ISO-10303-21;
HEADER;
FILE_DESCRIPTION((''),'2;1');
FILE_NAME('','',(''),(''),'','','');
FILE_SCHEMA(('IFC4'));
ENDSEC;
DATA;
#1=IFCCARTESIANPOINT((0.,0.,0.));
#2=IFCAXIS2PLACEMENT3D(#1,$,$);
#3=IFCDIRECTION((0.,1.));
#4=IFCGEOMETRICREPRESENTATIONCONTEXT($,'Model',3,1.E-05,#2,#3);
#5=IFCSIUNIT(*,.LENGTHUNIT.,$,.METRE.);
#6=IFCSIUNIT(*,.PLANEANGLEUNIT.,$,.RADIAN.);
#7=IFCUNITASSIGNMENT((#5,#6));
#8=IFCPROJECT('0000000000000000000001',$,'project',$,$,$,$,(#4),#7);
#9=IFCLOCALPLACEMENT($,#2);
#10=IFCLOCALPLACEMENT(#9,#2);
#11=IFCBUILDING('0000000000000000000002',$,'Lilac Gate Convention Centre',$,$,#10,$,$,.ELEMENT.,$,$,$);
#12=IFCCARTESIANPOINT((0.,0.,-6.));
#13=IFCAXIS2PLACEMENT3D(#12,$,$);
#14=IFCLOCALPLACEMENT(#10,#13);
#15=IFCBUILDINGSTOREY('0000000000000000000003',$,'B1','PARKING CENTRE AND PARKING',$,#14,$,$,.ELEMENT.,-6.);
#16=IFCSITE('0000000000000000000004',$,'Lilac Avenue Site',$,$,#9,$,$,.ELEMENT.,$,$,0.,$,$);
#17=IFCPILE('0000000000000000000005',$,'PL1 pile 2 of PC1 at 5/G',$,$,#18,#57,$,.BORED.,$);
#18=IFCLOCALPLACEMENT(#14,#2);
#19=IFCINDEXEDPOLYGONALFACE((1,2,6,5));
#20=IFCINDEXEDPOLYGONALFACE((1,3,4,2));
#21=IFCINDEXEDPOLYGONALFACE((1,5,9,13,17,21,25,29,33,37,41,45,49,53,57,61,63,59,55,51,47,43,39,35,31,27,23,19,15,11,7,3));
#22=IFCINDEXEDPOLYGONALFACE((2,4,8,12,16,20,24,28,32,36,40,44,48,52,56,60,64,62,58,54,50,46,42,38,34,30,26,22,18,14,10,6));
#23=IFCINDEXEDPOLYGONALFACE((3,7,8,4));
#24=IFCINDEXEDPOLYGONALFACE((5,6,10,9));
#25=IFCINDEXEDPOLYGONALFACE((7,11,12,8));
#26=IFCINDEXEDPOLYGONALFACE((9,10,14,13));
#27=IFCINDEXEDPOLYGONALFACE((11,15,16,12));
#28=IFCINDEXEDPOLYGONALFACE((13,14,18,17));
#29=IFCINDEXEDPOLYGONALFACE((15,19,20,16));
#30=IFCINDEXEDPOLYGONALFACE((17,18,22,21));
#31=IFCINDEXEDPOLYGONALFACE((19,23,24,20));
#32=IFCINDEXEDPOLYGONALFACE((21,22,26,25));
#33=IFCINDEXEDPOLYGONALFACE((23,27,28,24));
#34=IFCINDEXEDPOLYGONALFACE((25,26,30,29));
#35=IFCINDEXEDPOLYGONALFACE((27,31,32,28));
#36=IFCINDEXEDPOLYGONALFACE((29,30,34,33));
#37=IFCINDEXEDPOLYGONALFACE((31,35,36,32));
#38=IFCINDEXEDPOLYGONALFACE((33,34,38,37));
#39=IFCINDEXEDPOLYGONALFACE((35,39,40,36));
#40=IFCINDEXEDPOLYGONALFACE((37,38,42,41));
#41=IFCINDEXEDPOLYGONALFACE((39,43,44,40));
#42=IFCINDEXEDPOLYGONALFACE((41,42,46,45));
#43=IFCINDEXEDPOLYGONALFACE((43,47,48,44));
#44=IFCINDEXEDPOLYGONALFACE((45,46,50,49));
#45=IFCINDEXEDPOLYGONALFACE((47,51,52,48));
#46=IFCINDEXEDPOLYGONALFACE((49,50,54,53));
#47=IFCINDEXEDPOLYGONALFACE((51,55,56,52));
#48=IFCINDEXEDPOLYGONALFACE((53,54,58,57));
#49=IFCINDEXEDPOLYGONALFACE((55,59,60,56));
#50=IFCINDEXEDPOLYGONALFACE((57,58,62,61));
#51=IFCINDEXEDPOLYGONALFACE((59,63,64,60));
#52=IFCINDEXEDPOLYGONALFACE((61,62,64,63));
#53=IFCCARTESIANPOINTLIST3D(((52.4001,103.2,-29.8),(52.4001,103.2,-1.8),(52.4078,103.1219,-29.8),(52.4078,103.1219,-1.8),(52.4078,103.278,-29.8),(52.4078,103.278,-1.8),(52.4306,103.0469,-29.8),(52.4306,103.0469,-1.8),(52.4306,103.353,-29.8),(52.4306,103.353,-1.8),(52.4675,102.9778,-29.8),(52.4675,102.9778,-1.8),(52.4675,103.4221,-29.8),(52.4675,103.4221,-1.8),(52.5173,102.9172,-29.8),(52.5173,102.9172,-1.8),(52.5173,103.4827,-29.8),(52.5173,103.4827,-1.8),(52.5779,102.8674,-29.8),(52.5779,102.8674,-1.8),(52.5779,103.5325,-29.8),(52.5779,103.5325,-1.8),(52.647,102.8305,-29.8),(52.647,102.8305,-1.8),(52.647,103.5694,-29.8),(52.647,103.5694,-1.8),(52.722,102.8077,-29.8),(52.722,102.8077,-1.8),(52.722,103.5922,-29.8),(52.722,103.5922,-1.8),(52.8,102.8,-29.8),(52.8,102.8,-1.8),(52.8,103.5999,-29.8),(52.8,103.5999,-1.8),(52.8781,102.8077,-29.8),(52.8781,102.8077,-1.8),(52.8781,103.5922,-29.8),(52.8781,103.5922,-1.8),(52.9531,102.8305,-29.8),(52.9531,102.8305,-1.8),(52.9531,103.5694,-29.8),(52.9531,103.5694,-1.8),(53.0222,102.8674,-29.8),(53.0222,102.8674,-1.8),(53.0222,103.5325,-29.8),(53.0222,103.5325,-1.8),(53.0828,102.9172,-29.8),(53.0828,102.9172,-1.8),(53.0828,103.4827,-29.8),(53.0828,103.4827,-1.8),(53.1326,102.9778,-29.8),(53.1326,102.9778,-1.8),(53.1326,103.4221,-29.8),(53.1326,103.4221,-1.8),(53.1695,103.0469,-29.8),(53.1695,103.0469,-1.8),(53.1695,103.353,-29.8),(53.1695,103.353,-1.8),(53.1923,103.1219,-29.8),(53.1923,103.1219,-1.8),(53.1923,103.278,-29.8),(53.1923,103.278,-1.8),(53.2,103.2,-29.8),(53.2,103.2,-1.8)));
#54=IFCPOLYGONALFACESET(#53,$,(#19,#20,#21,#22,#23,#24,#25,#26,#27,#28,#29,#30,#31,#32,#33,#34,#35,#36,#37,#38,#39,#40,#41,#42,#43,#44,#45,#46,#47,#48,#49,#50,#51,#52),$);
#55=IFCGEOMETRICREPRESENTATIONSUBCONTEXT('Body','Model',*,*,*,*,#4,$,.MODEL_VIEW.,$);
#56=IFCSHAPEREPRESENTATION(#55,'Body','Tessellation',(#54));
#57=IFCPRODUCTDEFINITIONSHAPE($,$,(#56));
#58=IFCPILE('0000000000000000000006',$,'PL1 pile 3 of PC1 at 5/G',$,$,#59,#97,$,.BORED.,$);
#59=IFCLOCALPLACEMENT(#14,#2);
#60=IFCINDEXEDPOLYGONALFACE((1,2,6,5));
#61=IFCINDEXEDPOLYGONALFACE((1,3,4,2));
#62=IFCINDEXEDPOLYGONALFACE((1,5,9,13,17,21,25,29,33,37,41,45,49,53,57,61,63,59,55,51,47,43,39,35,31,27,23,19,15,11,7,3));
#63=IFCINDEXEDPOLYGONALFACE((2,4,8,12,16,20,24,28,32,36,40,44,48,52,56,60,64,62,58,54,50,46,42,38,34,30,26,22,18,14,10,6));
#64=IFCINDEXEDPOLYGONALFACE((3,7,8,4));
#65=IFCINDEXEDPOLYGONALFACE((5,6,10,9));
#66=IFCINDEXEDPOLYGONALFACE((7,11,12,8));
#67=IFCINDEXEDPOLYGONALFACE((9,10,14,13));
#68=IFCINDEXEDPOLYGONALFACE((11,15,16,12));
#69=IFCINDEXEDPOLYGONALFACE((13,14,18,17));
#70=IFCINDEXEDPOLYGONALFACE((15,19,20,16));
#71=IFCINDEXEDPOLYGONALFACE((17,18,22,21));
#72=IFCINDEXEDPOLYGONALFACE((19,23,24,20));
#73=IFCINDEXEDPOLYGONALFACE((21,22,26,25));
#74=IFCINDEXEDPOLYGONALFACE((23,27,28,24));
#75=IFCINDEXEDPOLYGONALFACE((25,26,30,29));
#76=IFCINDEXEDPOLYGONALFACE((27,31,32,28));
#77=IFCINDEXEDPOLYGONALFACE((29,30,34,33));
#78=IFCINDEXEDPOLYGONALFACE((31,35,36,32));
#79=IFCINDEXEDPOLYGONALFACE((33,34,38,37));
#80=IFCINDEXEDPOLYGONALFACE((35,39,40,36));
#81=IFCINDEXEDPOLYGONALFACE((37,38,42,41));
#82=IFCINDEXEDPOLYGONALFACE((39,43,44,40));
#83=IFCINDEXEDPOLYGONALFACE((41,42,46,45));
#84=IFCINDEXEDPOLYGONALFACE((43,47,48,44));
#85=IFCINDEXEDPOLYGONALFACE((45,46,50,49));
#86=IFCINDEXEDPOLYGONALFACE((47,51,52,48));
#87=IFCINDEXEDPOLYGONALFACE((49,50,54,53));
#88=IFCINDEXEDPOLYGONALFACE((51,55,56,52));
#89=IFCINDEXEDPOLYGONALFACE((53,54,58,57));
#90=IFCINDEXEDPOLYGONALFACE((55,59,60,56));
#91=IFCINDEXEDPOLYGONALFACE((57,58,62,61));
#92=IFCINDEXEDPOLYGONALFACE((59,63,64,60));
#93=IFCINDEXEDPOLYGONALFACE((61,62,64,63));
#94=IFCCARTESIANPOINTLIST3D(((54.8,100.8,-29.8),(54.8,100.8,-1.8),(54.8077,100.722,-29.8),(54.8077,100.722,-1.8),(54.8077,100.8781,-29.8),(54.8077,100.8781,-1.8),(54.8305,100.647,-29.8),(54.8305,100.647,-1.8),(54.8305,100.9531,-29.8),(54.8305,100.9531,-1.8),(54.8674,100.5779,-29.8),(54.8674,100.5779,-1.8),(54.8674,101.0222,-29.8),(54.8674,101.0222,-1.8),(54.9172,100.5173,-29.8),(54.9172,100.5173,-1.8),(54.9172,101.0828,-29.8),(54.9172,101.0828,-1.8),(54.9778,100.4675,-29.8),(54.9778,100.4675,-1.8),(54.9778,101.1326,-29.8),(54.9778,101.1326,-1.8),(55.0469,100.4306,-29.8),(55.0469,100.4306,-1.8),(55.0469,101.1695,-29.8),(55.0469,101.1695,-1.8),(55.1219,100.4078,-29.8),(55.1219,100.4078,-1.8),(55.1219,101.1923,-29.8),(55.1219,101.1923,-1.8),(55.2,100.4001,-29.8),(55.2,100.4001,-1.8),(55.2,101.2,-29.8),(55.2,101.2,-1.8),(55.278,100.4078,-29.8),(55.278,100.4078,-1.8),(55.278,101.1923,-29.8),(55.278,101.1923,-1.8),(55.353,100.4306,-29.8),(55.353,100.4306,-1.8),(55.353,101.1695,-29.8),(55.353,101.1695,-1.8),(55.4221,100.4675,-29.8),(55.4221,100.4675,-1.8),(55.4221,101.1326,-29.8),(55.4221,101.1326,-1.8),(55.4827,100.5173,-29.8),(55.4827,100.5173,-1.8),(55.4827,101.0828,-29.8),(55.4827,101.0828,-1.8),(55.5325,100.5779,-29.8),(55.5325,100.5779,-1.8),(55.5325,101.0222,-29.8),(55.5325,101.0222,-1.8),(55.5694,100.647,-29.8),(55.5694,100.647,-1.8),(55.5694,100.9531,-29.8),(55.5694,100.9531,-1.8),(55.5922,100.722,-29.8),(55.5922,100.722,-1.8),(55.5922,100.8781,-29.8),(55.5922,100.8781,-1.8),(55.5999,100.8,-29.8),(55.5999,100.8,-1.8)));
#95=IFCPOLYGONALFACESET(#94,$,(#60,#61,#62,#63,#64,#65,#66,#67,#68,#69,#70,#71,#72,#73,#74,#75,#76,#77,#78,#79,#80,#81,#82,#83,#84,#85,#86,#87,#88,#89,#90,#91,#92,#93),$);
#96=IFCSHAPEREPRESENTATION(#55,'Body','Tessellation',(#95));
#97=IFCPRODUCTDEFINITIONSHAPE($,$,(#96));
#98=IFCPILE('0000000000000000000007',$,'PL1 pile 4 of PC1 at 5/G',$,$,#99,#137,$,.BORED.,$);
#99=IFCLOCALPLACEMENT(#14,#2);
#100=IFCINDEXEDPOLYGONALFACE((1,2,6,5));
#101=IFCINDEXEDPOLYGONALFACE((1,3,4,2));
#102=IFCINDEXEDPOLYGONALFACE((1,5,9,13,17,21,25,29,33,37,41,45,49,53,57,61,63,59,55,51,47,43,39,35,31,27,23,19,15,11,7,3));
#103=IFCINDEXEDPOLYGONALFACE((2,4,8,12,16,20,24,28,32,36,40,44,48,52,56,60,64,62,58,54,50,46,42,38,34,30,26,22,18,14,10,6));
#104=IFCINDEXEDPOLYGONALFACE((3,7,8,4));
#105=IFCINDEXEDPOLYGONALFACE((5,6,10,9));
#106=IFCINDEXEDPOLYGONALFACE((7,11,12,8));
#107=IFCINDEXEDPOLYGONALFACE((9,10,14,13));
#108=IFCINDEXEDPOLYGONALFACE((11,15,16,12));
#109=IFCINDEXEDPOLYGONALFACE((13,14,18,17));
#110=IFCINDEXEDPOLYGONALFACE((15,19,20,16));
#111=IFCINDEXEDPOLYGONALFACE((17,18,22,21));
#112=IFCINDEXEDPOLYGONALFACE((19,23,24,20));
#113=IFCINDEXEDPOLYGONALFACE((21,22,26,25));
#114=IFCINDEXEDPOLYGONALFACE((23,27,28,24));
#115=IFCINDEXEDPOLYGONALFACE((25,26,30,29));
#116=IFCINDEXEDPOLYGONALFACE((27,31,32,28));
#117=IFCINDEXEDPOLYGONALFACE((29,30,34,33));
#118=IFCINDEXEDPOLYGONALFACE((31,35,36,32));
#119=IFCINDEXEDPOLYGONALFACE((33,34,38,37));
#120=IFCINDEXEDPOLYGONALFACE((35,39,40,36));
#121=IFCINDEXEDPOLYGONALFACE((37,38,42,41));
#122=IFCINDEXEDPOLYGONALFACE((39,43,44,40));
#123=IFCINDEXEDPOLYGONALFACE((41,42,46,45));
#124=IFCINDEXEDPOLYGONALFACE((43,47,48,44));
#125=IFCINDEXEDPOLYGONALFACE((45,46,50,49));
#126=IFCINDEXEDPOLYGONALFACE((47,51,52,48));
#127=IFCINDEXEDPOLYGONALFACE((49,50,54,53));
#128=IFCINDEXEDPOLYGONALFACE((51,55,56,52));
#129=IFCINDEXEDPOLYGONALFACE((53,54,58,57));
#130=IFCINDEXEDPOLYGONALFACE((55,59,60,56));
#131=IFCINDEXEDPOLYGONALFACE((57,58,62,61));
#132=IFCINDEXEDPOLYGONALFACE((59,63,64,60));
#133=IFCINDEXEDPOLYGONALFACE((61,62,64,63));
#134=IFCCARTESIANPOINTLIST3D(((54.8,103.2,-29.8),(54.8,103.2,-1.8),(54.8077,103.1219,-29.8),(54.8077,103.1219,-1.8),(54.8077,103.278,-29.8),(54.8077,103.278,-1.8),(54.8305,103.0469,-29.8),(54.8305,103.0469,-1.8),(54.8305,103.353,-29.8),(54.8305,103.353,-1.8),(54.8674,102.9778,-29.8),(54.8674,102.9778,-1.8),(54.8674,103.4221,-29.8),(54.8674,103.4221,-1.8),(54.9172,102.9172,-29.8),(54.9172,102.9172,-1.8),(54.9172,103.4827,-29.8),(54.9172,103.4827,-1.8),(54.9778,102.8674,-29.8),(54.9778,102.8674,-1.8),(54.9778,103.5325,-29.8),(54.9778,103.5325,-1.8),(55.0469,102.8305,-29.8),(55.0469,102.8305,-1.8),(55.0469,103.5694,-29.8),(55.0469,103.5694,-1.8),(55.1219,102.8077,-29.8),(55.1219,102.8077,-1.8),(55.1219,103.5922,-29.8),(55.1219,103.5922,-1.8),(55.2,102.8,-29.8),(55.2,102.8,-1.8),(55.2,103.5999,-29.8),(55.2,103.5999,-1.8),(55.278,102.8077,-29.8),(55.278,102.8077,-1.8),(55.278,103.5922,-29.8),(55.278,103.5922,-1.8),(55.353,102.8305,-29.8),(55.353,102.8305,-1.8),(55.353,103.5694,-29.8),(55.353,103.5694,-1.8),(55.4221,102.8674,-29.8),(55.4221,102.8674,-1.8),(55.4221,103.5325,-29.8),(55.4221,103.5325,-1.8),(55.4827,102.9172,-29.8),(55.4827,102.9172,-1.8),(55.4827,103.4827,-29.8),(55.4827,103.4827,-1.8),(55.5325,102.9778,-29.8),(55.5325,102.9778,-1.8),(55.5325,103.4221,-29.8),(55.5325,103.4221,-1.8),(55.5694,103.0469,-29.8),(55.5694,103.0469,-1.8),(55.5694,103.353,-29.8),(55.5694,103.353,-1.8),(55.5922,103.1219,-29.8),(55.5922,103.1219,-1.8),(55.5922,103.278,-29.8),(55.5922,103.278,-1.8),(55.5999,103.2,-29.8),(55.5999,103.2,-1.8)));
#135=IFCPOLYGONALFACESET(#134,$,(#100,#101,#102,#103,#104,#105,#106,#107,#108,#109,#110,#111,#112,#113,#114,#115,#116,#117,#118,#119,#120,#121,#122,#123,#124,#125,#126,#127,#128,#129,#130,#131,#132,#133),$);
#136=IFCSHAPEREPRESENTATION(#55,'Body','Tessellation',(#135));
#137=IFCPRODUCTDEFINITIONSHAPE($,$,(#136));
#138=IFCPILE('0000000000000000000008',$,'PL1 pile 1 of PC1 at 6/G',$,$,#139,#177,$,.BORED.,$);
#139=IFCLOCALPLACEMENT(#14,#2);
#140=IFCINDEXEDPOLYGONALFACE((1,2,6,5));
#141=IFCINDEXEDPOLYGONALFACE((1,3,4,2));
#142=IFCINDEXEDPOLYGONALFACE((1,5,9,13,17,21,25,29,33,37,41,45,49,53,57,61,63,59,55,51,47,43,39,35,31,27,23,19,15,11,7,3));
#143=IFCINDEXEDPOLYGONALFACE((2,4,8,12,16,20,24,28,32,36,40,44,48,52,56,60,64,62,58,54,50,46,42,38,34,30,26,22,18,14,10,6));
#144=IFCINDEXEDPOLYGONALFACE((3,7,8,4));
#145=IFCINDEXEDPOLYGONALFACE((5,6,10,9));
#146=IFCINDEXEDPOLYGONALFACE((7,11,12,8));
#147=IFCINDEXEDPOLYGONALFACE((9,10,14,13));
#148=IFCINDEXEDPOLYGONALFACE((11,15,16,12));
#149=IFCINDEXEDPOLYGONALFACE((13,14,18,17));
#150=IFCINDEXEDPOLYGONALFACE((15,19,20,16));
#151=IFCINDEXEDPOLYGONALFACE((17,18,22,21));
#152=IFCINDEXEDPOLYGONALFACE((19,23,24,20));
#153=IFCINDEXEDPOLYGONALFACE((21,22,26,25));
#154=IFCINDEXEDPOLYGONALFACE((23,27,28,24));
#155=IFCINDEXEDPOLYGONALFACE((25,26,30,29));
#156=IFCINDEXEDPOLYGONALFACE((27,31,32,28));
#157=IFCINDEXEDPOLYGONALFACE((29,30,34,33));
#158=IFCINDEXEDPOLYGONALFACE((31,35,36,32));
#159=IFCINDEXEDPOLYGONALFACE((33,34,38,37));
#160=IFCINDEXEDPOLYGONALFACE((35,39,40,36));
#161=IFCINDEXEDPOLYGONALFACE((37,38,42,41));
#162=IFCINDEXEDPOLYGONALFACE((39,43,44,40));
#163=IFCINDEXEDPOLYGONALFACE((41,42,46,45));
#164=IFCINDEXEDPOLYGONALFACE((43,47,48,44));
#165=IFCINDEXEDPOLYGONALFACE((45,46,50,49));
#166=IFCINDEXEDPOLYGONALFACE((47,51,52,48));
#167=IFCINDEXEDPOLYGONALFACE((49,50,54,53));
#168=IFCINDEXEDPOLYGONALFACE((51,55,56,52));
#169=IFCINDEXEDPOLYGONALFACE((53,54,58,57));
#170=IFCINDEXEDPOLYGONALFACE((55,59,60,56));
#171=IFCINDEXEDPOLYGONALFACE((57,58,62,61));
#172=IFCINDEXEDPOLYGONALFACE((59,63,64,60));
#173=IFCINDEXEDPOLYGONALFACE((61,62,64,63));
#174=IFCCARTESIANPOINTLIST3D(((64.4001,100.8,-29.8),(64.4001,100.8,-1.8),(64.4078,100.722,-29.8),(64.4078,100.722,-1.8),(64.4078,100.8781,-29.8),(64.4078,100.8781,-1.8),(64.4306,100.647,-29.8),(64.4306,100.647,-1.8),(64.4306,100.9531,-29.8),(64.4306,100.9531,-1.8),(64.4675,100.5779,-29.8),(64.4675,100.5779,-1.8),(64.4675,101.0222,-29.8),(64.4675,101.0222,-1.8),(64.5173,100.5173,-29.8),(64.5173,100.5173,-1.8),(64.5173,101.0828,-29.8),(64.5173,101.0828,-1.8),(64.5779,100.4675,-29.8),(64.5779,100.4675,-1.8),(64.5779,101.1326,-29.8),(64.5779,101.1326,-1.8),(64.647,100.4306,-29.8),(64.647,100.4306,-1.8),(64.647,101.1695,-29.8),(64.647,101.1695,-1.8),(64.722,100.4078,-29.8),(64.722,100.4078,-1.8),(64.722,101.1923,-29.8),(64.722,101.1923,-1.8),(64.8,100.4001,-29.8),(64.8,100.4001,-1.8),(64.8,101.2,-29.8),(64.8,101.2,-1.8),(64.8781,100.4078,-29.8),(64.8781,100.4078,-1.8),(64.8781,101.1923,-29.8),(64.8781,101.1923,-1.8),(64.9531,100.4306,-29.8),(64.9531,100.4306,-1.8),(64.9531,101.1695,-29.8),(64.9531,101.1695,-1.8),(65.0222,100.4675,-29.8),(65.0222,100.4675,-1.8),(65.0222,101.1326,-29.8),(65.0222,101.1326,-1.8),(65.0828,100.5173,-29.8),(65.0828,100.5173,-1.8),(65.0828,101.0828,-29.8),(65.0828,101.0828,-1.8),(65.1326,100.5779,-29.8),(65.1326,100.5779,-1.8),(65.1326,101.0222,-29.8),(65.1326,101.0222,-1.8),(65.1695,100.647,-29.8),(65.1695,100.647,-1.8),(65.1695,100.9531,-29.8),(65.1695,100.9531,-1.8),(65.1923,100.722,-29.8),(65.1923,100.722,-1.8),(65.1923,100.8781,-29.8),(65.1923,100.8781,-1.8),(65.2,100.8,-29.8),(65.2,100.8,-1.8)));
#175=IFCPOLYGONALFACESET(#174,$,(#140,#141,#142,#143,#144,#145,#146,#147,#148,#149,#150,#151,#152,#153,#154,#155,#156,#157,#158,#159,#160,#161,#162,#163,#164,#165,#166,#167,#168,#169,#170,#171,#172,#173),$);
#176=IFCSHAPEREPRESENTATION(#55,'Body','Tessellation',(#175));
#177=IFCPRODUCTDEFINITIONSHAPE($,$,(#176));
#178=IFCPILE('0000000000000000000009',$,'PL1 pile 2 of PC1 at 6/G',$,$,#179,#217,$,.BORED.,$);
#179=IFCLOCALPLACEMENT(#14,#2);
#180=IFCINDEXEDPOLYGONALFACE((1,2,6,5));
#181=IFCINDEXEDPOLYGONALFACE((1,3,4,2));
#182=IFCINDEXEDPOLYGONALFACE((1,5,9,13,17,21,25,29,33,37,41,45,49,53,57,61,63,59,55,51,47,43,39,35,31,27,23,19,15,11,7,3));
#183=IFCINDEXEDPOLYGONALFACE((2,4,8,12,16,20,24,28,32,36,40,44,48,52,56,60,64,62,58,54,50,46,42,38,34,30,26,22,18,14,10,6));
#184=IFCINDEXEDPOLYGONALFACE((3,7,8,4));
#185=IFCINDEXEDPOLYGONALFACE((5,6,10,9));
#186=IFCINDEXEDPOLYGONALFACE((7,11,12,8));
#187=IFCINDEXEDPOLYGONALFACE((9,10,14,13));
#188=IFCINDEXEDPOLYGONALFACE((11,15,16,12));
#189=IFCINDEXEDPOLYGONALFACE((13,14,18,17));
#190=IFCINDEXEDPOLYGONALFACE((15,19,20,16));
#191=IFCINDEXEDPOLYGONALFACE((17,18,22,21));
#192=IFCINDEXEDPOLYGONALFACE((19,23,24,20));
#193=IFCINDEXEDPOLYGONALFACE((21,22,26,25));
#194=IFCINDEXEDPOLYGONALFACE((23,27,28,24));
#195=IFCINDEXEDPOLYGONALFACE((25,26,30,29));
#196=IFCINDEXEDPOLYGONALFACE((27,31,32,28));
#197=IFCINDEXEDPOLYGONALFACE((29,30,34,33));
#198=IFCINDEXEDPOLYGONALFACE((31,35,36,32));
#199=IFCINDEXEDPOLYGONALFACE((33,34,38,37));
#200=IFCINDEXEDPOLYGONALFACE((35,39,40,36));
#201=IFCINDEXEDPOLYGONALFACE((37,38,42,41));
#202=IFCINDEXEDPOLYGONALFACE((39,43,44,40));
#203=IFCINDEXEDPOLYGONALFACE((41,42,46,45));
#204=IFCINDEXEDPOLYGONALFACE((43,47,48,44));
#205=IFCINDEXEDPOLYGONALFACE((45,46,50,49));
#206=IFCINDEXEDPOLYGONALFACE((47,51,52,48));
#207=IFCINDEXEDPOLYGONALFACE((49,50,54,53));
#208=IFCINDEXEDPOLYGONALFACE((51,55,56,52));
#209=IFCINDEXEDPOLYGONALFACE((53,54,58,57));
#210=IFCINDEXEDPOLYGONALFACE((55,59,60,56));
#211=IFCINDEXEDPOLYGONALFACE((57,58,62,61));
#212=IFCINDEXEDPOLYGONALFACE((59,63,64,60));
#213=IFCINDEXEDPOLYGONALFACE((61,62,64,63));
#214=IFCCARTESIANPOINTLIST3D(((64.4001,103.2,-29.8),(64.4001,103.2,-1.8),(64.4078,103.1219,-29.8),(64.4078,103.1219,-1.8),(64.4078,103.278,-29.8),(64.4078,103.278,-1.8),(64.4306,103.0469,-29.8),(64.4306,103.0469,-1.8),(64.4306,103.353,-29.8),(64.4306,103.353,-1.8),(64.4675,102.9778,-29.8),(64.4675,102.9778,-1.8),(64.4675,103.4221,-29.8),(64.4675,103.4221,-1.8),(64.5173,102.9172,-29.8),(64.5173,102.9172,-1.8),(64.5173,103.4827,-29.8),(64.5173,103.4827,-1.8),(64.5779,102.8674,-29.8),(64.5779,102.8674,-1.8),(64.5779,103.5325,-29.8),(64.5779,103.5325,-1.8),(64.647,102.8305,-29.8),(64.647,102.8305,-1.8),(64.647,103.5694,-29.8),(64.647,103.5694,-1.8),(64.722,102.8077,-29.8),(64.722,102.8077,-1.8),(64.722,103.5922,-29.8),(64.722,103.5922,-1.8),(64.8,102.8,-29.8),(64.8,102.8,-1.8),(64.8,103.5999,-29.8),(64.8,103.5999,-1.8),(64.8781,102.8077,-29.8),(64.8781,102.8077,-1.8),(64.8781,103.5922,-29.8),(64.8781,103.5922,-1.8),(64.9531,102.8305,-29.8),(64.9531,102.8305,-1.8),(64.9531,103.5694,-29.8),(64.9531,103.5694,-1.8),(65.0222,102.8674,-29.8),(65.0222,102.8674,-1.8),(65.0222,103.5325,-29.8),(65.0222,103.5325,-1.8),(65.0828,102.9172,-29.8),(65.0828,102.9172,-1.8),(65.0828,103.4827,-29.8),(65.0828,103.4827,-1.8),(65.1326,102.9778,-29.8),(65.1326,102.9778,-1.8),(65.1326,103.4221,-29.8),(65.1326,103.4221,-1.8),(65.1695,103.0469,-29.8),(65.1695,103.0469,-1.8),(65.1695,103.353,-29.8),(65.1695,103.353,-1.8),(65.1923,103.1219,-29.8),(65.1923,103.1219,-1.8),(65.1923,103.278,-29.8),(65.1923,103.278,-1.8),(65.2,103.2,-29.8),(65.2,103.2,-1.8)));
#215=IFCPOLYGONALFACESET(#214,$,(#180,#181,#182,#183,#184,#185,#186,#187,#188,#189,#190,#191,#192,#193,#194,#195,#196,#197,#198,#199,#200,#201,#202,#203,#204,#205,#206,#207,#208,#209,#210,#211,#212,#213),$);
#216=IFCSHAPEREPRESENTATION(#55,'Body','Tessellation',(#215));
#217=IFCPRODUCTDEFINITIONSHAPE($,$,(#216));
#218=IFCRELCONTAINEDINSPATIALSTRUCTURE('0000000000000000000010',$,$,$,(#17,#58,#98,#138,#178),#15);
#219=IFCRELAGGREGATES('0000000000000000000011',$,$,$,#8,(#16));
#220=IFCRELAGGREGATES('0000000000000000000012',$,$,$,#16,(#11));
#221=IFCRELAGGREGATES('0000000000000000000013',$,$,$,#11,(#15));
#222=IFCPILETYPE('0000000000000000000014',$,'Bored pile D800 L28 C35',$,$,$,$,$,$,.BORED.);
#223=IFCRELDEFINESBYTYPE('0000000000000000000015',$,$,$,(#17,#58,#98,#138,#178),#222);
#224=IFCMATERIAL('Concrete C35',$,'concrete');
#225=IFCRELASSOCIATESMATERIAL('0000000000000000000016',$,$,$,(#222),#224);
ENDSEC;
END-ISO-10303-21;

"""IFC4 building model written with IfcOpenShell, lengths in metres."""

from ifc_helpers import new_model, si_unit, direction, frame, origin, origin_2d, place, context, subcontext, project, spatial, circle, extrude, material, material_profile, profile_set, type_object, element, save


model = new_model("IFC4")

# Units and contexts
model_context = context("Model", 3, precision=1e-05, world=origin(), true_north=direction((0.0, 1.0)))
body_context = subcontext(model_context, "Body", "Model", "MODEL_VIEW")
ifc_project = project(units=[si_unit("LENGTHUNIT", "METRE"), si_unit("PLANEANGLEUNIT", "RADIAN")], contexts=[model_context])

# Site, building, storey
site_placement = place(None, origin())
site = spatial("IfcSite", under=ifc_project, at=site_placement, Name="Lilac Avenue Site", CompositionType="ELEMENT", RefElevation=0.0)
building_placement = place(site_placement, origin())
building = spatial("IfcBuilding", under=site, at=building_placement, Name="Lilac Gate Convention Centre", CompositionType="ELEMENT")
storey_placement = place(building_placement, frame((0.0, 0.0, -6.0)))
storey = spatial("IfcBuildingStorey", under=building, at=storey_placement, Name="B1", Description="PARKING CENTRE AND PARKING", CompositionType="ELEMENT", Elevation=-6.0)

# Piles
ifc_material_1 = material(Name="Concrete C35", Category="concrete")
ifc_material_profile_1 = material_profile(ifc_material_1, circle(Radius=0.3999, at=origin_2d()), Name="D800")
ifc_profile_set_1 = profile_set([ifc_material_profile_1], Name="Concrete C35")
pile_type = type_object("IfcPileType", Name="Bored pile D800 L28 C35", PredefinedType="BORED", material=ifc_profile_set_1)
for number, where, z_axis, x_axis, name in (
    (1, (52.8, 103.2, -1.8), (0.0, 0.0, -1.0), (1.0, 0.0, 0.0), "PL1 pile 2 of PC1 at 5/G"),
    (2, (55.2, 100.8, -1.8), (0.0, 0.0, -1.0), (1.0, 0.0, 0.0), "PL1 pile 3 of PC1 at 5/G"),
    (3, (55.2, 103.2, -1.8), (0.0, 0.0, -1.0), (1.0, 0.0, 0.0), "PL1 pile 4 of PC1 at 5/G"),
    (4, (64.8, 100.8, -1.8), (0.0, 0.0, -1.0), (1.0, 0.0, 0.0), "PL1 pile 1 of PC1 at 6/G"),
    (5, (64.8, 103.2, -1.8), (0.0, 0.0, -1.0), (1.0, 0.0, 0.0), "PL1 pile 2 of PC1 at 6/G"),
):
    element("IfcPile", number, at=place(storey_placement, frame(where, z_axis=z_axis, x_axis=x_axis)), inside=storey, type_object=pile_type, Name=name, PredefinedType="BORED", context=body_context, shape_type="SweptSolid", body=[
        extrude(circle(Radius=0.3999, at=origin_2d()), origin(), (0.0, 0.0, 1.0), 28.0),
    ])

save(model, "model.ifc")
